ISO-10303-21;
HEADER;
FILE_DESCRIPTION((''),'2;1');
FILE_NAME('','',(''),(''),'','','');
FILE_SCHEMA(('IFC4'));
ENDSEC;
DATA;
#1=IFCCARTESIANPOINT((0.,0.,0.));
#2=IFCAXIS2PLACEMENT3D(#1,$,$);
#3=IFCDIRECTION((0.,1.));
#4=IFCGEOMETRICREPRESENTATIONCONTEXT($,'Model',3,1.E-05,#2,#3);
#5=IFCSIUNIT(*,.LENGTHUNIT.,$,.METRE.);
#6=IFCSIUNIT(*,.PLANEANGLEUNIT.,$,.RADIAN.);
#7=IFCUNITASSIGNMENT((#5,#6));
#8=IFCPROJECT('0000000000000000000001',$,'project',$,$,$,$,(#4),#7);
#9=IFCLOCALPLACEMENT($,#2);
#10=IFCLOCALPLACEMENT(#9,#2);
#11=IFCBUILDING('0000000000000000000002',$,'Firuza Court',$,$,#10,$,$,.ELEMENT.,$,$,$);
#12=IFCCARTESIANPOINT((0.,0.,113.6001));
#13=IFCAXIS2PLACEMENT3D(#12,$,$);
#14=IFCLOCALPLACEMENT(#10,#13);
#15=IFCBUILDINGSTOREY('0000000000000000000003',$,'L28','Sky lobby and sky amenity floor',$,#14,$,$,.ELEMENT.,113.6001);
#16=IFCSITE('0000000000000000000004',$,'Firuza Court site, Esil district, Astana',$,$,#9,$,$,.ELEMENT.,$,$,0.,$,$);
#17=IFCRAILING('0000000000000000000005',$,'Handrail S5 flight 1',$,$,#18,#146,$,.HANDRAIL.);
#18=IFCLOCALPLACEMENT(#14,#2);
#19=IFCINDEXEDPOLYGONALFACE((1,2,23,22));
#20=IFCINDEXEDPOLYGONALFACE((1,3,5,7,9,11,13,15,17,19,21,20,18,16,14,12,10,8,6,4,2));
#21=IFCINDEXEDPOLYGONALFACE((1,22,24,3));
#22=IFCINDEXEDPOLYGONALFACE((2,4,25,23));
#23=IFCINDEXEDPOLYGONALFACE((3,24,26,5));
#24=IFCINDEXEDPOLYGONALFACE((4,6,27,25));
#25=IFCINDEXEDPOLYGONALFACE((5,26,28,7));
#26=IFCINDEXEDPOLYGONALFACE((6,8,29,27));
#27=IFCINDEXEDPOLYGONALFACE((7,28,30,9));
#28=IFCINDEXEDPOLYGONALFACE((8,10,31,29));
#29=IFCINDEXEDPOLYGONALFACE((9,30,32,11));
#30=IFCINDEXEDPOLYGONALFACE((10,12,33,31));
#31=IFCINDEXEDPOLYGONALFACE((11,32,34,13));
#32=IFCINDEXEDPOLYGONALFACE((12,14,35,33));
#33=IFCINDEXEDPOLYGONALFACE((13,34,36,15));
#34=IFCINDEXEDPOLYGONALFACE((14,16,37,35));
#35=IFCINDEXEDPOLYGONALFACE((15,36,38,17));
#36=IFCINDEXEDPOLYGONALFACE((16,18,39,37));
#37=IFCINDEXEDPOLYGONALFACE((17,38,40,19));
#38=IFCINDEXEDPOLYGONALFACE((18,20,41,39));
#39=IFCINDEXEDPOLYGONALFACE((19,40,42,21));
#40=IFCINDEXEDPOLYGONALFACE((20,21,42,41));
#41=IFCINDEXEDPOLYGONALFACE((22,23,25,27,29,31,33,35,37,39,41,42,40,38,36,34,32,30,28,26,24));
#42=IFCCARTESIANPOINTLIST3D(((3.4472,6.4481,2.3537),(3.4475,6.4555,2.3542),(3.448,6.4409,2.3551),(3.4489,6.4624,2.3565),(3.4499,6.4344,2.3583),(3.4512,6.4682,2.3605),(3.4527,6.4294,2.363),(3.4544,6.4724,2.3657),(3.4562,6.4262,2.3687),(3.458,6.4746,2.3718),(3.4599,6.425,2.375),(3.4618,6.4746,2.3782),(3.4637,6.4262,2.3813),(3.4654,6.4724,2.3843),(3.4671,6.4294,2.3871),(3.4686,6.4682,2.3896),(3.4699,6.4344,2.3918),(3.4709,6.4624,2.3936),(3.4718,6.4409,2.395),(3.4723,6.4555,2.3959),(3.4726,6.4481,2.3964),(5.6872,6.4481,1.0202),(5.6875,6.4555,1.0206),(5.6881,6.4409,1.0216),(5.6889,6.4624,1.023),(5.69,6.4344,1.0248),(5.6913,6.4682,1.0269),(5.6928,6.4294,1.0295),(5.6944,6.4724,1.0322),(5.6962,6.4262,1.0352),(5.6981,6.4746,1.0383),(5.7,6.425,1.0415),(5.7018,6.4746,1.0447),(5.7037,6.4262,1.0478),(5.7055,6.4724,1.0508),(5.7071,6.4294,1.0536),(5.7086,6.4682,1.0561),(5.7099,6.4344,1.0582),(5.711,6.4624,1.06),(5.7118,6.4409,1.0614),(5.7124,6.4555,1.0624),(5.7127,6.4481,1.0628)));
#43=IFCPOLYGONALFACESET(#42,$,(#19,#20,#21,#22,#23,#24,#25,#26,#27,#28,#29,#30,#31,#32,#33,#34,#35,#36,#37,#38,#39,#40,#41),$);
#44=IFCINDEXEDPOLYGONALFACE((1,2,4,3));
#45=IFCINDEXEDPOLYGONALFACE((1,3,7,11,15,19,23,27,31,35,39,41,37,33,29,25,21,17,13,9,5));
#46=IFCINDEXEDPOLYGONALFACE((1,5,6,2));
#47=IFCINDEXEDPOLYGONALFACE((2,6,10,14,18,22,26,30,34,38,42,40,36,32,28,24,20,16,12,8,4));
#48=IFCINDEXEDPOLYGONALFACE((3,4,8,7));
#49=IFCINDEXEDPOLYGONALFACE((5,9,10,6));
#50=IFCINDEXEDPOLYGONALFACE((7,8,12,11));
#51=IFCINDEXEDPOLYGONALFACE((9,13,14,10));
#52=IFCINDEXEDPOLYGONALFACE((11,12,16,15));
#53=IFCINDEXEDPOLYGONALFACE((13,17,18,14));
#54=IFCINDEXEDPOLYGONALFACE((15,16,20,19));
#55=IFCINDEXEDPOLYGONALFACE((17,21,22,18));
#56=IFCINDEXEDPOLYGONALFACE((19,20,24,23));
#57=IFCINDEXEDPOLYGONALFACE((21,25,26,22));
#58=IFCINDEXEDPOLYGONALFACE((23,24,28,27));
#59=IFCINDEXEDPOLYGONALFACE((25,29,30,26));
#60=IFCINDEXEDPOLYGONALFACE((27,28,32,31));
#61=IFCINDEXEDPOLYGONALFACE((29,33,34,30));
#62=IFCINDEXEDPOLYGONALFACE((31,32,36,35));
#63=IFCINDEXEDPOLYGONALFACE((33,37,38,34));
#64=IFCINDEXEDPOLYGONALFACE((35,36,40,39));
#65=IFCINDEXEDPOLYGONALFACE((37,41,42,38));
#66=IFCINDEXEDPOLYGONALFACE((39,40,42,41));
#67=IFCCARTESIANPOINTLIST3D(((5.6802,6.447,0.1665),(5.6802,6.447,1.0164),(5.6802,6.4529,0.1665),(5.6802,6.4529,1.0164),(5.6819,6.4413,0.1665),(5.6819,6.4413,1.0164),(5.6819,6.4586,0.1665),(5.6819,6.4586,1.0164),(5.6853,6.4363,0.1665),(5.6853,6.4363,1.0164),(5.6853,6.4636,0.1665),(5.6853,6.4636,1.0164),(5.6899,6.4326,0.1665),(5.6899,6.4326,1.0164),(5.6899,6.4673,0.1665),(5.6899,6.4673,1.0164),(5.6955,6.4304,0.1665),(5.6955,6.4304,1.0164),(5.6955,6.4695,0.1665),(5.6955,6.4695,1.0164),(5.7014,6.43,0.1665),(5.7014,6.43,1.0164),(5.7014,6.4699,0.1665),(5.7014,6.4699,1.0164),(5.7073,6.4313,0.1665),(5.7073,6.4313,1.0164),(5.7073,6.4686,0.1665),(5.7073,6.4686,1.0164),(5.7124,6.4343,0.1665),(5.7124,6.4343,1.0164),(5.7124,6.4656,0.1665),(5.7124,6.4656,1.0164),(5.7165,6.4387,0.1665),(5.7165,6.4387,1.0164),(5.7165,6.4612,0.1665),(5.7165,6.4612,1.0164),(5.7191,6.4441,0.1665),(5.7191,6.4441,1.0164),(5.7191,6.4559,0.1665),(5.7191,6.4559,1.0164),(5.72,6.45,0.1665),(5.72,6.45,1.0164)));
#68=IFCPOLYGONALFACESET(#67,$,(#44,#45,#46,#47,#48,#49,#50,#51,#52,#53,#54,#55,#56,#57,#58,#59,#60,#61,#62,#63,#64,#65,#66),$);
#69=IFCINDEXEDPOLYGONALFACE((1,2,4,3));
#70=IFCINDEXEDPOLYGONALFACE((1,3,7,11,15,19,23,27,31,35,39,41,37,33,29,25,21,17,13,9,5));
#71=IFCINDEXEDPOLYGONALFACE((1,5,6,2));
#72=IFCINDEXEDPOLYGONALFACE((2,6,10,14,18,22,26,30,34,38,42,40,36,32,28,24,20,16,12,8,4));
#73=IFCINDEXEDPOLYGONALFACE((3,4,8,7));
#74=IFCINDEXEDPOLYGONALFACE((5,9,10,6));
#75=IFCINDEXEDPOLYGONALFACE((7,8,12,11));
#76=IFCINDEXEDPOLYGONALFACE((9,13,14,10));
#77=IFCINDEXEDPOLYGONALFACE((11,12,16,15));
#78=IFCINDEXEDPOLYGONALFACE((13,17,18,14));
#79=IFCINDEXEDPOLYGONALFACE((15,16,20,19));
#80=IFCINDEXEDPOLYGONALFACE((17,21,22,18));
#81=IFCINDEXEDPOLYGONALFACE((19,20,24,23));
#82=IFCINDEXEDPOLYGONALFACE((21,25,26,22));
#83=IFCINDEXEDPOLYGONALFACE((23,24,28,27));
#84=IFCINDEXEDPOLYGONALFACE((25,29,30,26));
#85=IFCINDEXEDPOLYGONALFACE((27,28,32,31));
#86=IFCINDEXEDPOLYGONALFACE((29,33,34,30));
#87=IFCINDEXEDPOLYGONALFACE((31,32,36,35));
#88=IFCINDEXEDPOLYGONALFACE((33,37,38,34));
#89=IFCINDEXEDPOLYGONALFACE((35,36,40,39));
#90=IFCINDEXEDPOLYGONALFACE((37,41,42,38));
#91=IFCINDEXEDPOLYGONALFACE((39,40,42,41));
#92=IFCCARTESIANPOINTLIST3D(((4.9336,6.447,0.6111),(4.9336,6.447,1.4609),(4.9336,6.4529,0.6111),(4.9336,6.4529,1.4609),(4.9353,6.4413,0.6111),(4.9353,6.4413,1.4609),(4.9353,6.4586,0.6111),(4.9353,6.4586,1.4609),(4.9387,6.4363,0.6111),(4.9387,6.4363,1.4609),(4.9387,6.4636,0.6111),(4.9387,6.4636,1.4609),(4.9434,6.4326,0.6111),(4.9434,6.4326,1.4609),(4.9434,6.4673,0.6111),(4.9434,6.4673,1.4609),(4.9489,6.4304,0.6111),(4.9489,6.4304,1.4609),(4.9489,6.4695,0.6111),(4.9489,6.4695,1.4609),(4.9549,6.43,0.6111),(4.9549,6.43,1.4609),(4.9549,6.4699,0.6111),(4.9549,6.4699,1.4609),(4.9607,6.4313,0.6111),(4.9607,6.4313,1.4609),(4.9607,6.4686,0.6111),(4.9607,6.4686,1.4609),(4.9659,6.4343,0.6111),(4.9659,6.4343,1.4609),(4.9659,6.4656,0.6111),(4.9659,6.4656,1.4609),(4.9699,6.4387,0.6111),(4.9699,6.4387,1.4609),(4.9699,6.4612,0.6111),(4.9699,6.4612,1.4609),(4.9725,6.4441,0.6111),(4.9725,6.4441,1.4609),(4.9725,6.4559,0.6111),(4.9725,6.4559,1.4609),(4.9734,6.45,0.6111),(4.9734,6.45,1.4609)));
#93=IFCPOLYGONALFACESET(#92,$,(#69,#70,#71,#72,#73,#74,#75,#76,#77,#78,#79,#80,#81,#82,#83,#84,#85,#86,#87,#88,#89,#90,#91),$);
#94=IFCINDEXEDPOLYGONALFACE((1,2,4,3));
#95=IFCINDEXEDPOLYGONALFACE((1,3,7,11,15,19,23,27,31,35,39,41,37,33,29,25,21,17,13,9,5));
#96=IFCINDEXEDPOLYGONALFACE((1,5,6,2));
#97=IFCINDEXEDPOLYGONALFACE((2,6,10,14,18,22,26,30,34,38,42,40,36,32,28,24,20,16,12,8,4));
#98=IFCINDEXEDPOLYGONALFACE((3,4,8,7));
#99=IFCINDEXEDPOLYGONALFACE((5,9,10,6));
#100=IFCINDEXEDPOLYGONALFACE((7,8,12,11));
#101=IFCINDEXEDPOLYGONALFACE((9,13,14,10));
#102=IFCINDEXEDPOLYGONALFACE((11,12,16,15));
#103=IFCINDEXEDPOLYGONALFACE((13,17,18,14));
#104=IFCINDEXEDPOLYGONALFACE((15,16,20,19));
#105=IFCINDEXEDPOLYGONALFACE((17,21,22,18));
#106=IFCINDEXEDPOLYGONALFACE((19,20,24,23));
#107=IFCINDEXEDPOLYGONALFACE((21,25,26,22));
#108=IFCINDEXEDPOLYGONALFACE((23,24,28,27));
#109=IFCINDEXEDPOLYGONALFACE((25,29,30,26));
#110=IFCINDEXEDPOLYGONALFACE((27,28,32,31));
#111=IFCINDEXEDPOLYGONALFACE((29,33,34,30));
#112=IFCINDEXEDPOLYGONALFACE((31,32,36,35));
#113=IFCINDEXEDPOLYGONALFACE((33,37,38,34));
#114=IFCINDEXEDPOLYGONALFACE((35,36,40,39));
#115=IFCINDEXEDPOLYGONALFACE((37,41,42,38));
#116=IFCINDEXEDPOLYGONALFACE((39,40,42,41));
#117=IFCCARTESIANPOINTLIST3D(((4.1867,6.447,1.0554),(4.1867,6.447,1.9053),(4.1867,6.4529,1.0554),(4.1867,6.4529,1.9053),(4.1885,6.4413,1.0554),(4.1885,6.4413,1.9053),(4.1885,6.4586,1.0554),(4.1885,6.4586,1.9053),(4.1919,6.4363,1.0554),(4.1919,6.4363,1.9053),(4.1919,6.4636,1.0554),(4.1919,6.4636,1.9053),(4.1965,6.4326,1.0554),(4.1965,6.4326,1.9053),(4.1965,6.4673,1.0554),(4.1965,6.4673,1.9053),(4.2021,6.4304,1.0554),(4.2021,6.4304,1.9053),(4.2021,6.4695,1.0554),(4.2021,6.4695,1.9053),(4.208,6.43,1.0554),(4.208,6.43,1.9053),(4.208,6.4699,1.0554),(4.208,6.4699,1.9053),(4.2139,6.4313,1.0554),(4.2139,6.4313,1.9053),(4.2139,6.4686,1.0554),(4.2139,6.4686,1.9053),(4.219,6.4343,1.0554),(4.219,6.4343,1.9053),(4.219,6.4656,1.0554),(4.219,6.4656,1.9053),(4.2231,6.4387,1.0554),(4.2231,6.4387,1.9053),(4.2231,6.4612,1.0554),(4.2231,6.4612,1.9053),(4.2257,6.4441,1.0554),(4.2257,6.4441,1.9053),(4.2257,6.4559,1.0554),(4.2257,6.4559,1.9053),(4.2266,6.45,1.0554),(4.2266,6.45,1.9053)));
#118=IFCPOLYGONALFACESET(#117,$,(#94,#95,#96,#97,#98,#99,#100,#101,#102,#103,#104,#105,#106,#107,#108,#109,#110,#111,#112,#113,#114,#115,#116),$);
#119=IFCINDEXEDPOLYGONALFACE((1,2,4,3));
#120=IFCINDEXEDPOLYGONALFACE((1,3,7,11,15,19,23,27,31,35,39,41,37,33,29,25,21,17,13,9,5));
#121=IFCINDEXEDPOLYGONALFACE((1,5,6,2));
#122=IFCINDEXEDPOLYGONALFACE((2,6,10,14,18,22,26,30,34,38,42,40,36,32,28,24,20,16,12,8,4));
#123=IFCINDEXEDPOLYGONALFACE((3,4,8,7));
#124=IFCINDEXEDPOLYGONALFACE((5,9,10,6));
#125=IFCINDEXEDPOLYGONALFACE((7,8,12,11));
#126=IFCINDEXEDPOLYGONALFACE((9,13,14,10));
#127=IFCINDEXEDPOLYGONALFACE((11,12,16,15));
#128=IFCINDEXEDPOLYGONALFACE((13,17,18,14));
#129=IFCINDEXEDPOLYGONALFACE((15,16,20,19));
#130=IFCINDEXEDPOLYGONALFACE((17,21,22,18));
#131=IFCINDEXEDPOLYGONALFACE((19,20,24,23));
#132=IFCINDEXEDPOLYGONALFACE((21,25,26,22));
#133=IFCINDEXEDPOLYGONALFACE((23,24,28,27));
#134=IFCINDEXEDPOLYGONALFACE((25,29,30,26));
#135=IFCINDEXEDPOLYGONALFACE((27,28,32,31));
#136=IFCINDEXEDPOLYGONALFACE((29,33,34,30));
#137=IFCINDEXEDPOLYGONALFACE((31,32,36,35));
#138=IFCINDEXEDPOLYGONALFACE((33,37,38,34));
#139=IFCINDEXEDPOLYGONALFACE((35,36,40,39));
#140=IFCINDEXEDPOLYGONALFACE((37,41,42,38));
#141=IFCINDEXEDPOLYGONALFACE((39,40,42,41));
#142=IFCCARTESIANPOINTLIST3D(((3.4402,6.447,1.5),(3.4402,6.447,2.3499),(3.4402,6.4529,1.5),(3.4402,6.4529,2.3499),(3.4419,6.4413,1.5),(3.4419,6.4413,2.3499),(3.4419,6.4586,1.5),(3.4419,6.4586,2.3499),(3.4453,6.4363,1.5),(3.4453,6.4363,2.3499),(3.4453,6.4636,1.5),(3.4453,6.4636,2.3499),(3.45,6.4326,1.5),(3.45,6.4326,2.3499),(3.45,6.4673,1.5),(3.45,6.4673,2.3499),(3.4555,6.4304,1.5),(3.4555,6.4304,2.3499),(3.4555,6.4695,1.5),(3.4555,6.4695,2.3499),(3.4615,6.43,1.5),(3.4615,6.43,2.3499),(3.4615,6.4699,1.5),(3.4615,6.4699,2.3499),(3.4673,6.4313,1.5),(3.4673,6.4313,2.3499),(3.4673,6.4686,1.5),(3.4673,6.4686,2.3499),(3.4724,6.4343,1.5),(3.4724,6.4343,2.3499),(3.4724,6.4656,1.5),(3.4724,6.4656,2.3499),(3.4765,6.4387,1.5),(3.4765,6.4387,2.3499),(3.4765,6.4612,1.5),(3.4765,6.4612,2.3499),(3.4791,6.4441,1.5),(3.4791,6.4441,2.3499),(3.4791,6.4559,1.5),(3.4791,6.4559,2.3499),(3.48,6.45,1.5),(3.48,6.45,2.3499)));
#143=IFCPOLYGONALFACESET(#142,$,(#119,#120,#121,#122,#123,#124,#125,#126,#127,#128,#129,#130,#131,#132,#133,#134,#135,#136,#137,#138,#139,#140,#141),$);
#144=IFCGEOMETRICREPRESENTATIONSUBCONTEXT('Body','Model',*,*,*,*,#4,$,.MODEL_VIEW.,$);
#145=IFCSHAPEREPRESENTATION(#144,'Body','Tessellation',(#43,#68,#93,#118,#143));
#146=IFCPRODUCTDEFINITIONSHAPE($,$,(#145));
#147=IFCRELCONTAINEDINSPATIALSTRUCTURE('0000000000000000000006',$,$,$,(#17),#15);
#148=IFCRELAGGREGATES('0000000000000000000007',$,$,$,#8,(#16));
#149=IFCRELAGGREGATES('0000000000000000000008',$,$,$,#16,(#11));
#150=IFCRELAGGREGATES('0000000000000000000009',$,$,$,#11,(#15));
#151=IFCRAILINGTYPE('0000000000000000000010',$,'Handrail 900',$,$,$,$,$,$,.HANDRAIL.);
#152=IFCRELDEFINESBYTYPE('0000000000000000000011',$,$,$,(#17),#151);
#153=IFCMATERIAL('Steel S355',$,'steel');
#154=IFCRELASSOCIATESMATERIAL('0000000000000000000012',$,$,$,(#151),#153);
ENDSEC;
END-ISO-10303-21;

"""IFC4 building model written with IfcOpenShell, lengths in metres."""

from ifc_helpers import new_model, si_unit, direction, frame, origin, origin_2d, place, context, subcontext, project, spatial, circle, extrude, material, type_object, element, save


model = new_model("IFC4")

# Units and contexts
model_context = context("Model", 3, precision=1e-05, world=origin(), true_north=direction((0.0, 1.0)))
body_context = subcontext(model_context, "Body", "Model", "MODEL_VIEW")
ifc_project = project(units=[si_unit("LENGTHUNIT", "METRE"), si_unit("PLANEANGLEUNIT", "RADIAN")], contexts=[model_context])

# Site, building, storey
site_placement = place(None, origin())
site = spatial("IfcSite", under=ifc_project, at=site_placement, Name="Firuza Court site, Esil district, Astana", CompositionType="ELEMENT", RefElevation=0.0)
building_placement = place(site_placement, origin())
building = spatial("IfcBuilding", under=site, at=building_placement, Name="Firuza Court", CompositionType="ELEMENT")
storey_placement = place(building_placement, frame((0.0, 0.0, 113.6001)))
storey = spatial("IfcBuildingStorey", under=building, at=storey_placement, Name="L28", Description="Sky lobby and sky amenity floor", CompositionType="ELEMENT", Elevation=113.6001)

# Railing
ifc_material_1 = material(Name="Steel S355", Category="steel")
railing_type_1 = type_object("IfcRailingType", Name="Handrail 900", PredefinedType="HANDRAIL", material=ifc_material_1)
railing_1_placement = place(storey_placement, frame((5.7, 6.45, 0.1665)))
element("IfcRailing", 1, at=railing_1_placement, inside=storey, type_object=railing_type_1, Name="Handrail S5 flight 1", PredefinedType="HANDRAIL", context=body_context, shape_type="SweptSolid", body=[
    extrude(circle(Radius=0.0249, at=origin_2d()), frame((0.0, 0.0, 0.875), z_axis=(-0.859264, 0.0, 0.511532), x_axis=(0.0, -1.0, 0.0)), (0.0, 0.0, 1.0), 2.6069),
    extrude(circle(Radius=0.02, at=origin_2d()), origin(), (0.0, 0.0, 1.0), 0.8499),
    extrude(circle(Radius=0.02, at=origin_2d()), frame((-0.7466, 0.0, 0.4446)), (0.0, 0.0, 1.0), 0.8499),
    extrude(circle(Radius=0.02, at=origin_2d()), frame((-1.4934, 0.0, 0.8889)), (0.0, 0.0, 1.0), 0.8499),
    extrude(circle(Radius=0.02, at=origin_2d()), frame((-2.24, 0.0, 1.3335)), (0.0, 0.0, 1.0), 0.8499),
])

save(model, "model.ifc")
